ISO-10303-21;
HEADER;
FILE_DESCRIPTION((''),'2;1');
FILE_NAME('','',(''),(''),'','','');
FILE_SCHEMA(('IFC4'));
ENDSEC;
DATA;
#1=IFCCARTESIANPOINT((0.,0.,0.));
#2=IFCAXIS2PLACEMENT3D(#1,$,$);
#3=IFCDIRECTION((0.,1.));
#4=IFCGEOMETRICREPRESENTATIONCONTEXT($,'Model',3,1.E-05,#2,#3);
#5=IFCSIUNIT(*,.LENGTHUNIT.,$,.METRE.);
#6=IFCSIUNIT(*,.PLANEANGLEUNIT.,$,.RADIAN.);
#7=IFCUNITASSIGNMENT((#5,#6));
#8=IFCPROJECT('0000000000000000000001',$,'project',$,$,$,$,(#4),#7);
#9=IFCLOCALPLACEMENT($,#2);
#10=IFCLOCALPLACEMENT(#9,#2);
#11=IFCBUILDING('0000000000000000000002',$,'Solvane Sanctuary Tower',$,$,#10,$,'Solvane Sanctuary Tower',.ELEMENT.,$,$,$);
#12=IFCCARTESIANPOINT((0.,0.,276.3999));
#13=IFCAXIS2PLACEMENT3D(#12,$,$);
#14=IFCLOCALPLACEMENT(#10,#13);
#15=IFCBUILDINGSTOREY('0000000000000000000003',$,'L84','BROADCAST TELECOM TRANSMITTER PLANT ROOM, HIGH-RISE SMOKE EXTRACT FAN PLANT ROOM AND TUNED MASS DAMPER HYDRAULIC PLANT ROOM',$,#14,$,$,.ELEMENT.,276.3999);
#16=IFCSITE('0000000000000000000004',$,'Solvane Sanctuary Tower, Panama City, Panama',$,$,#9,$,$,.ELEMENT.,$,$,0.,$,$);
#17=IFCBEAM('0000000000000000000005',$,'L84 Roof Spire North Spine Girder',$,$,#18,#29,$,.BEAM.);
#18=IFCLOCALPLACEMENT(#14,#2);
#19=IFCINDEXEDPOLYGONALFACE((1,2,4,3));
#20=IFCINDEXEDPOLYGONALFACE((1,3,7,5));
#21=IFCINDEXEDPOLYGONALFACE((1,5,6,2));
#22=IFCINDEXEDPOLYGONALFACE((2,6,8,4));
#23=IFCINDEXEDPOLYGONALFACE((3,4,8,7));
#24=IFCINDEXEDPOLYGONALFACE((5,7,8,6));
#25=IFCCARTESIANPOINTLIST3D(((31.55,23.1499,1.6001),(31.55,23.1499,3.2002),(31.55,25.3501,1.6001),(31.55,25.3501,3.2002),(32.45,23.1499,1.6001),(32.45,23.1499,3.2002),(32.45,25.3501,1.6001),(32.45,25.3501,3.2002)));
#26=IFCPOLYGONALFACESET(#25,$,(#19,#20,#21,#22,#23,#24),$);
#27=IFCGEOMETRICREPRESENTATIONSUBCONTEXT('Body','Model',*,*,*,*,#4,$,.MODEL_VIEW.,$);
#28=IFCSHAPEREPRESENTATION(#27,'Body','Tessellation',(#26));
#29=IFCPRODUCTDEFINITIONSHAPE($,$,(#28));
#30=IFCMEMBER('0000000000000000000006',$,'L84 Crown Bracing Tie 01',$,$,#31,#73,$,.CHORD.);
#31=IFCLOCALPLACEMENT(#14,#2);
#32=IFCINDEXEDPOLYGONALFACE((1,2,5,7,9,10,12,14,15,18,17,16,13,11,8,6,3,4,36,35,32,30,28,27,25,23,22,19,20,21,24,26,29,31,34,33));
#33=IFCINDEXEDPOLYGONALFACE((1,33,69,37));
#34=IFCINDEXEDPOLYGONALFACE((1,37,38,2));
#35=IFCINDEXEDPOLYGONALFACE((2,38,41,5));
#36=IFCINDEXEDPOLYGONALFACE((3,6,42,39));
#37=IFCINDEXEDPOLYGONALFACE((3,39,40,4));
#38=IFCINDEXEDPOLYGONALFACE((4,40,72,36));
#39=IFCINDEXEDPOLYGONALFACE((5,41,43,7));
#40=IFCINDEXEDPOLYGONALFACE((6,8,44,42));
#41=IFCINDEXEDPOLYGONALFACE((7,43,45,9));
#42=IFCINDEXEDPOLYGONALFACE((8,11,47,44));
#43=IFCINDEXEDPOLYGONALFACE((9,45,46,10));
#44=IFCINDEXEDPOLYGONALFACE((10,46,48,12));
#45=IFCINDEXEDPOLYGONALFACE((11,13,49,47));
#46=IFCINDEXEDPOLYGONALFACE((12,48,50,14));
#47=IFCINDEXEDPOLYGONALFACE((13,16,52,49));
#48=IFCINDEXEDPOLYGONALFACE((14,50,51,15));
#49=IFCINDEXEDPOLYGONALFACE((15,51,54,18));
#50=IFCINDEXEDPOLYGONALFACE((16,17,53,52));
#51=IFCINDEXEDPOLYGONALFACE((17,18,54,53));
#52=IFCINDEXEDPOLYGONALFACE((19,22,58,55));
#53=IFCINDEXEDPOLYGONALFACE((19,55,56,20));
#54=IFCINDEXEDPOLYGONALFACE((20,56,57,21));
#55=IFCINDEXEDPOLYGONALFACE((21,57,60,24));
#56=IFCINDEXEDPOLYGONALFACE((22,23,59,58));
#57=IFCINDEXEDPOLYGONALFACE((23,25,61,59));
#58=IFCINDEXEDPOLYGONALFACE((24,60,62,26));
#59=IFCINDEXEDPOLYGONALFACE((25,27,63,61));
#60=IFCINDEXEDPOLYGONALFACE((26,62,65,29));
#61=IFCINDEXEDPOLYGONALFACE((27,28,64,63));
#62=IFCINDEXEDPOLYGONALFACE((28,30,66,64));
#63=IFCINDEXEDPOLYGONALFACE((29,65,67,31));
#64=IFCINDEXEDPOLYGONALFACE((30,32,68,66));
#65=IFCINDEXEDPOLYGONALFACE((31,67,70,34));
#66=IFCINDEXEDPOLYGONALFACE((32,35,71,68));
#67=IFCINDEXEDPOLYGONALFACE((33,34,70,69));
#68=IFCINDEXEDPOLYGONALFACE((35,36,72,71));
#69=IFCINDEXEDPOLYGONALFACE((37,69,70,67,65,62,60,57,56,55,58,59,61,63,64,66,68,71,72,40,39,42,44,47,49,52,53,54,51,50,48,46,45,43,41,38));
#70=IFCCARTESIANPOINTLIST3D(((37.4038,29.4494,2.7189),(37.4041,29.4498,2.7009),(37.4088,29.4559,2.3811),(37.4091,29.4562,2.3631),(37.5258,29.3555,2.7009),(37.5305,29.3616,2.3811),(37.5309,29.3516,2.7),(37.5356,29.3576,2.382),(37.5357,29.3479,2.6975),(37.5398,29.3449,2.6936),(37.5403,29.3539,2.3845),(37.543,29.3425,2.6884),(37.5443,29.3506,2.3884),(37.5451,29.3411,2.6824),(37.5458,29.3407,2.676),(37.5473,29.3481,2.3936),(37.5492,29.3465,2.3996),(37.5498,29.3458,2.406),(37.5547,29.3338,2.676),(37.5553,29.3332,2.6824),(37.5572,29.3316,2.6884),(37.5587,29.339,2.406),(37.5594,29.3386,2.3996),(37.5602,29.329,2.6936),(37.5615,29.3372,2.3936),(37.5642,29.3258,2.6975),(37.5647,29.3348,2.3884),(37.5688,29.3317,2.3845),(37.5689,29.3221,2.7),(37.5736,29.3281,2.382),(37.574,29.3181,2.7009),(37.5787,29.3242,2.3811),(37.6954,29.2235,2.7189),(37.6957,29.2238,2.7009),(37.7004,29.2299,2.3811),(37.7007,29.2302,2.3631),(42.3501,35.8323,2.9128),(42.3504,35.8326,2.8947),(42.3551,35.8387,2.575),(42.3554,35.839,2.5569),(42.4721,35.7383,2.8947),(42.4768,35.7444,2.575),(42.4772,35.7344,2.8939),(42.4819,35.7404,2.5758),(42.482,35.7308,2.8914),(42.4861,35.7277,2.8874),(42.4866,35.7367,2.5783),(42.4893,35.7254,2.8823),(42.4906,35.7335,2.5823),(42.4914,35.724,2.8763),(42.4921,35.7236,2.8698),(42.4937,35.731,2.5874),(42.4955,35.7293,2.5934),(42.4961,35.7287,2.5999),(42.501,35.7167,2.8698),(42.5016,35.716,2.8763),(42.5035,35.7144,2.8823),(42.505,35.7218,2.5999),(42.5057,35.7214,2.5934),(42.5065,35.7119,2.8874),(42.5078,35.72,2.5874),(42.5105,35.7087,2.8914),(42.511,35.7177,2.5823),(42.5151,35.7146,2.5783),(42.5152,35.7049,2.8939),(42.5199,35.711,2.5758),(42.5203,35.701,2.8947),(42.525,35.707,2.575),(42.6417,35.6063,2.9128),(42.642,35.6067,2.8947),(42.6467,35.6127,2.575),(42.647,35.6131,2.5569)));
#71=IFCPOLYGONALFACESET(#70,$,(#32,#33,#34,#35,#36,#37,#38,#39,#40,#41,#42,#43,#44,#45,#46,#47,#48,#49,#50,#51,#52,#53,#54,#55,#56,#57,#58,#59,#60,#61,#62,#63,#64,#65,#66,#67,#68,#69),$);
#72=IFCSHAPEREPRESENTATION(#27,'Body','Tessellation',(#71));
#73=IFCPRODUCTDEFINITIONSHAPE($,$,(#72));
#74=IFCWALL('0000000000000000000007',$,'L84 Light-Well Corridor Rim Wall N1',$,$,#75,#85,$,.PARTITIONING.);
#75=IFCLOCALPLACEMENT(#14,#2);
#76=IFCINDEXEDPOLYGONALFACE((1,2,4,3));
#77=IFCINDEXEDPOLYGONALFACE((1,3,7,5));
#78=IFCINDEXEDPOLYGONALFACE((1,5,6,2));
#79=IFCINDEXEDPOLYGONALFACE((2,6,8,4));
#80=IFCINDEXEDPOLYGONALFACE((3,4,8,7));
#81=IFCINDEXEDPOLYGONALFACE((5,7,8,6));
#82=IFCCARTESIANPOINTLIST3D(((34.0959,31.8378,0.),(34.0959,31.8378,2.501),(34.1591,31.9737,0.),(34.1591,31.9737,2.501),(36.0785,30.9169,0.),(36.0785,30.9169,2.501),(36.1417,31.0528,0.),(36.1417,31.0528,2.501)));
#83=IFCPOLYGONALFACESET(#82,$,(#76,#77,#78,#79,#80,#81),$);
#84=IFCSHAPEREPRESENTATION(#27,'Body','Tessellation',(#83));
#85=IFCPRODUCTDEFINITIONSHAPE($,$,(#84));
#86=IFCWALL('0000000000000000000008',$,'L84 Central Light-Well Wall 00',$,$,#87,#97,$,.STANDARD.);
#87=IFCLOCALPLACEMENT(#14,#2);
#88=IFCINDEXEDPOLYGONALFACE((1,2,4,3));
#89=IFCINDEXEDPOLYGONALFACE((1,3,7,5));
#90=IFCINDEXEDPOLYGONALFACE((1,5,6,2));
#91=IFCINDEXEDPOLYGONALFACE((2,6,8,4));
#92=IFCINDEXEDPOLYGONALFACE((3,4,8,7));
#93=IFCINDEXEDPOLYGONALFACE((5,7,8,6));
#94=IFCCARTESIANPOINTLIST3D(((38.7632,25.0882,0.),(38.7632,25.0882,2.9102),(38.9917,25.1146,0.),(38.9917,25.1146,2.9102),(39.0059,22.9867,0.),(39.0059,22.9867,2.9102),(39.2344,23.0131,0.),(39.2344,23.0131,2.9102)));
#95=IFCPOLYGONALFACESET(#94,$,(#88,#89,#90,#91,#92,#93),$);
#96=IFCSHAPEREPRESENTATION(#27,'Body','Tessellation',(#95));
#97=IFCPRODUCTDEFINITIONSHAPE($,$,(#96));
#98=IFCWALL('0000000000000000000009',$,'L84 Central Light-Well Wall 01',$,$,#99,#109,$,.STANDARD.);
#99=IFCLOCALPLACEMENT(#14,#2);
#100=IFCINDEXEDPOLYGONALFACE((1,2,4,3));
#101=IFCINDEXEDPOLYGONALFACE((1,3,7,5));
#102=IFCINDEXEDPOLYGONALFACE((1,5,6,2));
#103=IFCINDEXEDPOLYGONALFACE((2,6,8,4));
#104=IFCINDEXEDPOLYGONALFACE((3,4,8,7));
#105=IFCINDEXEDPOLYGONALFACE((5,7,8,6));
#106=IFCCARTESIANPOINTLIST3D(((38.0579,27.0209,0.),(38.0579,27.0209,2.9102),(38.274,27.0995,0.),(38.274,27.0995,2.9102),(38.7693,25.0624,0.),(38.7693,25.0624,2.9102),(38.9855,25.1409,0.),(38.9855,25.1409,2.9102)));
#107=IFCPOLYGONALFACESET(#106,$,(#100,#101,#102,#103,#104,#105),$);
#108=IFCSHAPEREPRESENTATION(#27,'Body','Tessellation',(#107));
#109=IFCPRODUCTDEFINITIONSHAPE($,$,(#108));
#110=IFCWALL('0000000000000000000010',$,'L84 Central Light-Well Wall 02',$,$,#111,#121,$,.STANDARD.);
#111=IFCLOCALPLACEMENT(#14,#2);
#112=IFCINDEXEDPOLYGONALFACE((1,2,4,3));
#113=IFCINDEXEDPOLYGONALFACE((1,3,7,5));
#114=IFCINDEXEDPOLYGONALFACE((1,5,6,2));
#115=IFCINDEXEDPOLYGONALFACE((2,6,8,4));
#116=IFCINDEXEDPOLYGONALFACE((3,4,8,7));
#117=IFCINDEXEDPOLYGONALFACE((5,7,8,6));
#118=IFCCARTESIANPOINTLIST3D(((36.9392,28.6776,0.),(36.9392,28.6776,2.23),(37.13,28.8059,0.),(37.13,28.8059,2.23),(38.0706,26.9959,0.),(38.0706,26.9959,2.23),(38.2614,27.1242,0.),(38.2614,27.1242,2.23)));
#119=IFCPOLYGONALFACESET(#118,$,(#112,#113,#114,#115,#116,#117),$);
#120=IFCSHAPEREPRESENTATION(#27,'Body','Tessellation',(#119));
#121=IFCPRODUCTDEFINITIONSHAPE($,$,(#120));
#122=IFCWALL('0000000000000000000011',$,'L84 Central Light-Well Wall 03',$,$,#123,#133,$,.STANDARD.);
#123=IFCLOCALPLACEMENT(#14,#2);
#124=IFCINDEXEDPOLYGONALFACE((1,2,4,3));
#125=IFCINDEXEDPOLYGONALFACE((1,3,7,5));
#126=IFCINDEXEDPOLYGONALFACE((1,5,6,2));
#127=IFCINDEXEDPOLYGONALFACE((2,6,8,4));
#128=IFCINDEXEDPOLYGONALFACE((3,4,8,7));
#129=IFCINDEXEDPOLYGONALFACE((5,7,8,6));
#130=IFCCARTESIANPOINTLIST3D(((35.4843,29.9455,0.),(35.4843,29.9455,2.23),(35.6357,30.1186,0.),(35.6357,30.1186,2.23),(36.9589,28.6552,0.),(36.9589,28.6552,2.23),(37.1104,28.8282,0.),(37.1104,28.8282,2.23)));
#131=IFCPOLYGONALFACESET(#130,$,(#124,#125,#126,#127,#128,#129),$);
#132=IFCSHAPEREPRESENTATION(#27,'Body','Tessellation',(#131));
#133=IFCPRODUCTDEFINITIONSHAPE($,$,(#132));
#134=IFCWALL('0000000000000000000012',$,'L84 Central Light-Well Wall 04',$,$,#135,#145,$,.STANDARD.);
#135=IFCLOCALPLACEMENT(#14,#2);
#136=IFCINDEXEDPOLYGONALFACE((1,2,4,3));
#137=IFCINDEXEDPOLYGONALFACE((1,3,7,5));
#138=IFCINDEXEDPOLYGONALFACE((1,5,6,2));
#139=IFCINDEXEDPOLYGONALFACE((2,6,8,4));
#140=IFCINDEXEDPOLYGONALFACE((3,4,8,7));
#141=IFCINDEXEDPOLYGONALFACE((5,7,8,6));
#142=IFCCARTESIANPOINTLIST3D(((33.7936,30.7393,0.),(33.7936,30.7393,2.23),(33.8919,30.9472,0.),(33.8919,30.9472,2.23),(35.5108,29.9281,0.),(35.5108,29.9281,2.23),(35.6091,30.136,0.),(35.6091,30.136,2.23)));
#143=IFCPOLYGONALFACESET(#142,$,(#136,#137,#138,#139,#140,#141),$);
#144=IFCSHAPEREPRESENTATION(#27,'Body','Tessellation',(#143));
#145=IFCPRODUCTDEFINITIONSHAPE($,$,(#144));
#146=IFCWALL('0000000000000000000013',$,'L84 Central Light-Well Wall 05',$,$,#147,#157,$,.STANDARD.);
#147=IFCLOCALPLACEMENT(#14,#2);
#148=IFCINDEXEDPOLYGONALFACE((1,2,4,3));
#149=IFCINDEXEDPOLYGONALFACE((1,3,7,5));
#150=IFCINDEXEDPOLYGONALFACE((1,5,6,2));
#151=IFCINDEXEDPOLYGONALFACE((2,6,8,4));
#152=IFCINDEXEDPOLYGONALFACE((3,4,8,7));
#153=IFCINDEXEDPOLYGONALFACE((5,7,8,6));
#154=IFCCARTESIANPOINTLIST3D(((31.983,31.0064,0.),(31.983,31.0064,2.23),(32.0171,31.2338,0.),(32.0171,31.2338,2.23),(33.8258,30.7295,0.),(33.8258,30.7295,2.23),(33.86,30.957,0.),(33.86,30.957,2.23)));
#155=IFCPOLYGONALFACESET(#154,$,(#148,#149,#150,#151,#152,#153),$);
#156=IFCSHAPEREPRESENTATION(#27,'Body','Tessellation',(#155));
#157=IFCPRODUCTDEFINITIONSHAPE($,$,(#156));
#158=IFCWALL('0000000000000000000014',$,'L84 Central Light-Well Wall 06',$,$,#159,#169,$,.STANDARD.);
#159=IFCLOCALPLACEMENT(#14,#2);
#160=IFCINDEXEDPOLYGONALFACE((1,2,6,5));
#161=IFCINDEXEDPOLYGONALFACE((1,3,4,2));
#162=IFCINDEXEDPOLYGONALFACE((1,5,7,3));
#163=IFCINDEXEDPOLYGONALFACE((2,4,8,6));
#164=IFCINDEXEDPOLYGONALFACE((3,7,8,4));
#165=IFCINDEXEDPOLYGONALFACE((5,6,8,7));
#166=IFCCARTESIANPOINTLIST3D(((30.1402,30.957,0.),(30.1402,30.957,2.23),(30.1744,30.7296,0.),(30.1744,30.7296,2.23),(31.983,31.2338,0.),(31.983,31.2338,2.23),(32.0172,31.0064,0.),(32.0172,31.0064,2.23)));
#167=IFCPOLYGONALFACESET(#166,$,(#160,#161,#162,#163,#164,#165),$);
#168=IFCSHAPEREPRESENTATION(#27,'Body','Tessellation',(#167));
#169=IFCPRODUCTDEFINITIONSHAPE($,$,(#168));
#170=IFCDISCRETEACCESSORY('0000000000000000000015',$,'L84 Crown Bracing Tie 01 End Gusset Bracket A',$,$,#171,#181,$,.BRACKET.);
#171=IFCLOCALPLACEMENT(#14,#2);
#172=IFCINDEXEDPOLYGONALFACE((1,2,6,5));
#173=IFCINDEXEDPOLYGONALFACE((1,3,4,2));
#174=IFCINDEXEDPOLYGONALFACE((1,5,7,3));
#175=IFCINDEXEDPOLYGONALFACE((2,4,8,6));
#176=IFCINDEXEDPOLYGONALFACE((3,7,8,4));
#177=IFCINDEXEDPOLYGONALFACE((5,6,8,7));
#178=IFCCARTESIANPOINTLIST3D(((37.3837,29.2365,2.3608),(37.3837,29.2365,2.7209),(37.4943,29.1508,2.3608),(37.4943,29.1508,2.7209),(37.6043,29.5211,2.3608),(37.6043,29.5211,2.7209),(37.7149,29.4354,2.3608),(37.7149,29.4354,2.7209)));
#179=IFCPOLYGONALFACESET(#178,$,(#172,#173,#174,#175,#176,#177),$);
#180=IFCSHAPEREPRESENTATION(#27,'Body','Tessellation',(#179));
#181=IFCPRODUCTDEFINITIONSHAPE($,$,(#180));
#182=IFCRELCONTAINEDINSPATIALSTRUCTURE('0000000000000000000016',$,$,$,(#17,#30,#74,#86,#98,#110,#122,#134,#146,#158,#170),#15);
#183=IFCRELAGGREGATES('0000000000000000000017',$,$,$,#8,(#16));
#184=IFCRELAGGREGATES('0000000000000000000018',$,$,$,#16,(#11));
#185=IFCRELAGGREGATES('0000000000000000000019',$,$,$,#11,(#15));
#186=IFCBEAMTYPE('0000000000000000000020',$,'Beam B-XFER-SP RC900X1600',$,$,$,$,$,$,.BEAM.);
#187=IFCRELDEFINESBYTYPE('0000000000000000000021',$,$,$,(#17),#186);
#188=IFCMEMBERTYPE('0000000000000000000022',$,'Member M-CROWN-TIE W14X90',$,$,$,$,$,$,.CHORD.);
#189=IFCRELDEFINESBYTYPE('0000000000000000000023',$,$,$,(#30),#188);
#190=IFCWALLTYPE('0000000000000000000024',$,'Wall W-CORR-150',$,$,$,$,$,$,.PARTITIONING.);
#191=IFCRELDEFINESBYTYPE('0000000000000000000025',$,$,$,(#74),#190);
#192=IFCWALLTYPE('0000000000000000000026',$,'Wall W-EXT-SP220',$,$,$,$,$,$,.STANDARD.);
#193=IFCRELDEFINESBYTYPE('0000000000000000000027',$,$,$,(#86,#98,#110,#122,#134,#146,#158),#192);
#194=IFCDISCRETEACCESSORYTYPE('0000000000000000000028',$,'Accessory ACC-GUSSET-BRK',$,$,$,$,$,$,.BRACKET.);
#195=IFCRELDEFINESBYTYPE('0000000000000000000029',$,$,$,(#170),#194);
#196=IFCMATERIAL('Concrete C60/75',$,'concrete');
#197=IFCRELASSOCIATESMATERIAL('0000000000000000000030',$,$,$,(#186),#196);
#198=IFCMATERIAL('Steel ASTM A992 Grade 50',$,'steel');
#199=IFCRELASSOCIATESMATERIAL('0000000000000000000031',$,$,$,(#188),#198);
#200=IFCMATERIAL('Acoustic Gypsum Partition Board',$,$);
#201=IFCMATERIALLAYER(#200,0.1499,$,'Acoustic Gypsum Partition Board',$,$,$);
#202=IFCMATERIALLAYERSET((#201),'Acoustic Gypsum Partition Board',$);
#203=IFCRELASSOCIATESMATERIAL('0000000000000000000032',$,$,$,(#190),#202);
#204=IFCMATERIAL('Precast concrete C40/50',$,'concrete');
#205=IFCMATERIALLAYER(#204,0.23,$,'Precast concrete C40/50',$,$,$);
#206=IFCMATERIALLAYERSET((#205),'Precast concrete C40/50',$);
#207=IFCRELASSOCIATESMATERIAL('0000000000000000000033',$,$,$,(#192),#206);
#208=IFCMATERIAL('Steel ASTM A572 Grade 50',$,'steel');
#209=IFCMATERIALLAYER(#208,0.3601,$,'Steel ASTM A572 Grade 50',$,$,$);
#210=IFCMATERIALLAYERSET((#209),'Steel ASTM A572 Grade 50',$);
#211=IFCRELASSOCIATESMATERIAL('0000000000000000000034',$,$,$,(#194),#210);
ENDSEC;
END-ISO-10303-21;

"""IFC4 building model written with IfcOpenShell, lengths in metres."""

from ifc_helpers import new_model, si_unit, direction, frame, frame_2d, origin, origin_2d, place, context, subcontext, project, spatial, rectangle, i_section, extrude, material, layer, layer_set, material_profile, profile_set, type_object, element, save


model = new_model("IFC4")

# Units and contexts
model_context = context("Model", 3, precision=1e-05, world=origin(), true_north=direction((0.0, 1.0)))
body_context = subcontext(model_context, "Body", "Model", "MODEL_VIEW")
ifc_project = project(units=[si_unit("LENGTHUNIT", "METRE"), si_unit("PLANEANGLEUNIT", "RADIAN")], contexts=[model_context])

# Site, building, storey
site_placement = place(None, origin())
site = spatial("IfcSite", under=ifc_project, at=site_placement, Name="Solvane Sanctuary Tower, Panama City, Panama", CompositionType="ELEMENT", RefElevation=0.0)
building_placement = place(site_placement, origin())
building = spatial("IfcBuilding", under=site, at=building_placement, Name="Solvane Sanctuary Tower", LongName="Solvane Sanctuary Tower", CompositionType="ELEMENT")
storey_placement = place(building_placement, frame((0.0, 0.0, 276.3999)))
storey = spatial("IfcBuildingStorey", under=building, at=storey_placement, Name="L84", Description="BROADCAST TELECOM TRANSMITTER PLANT ROOM, HIGH-RISE SMOKE EXTRACT FAN PLANT ROOM AND TUNED MASS DAMPER HYDRAULIC PLANT ROOM", CompositionType="ELEMENT", Elevation=276.3999)

# Beam
ifc_material_1 = material(Name="Steel ASTM A992 Grade 50", Category="steel")
ifc_material_2 = material(Name="Concrete C60/75", Category="concrete")
ifc_material_profile_1 = material_profile(ifc_material_2, rectangle(XDim=0.8999, YDim=1.6001, at=origin_2d()), Name="RC900X1600")
ifc_profile_set_1 = profile_set([ifc_material_profile_1], Name="Concrete C60/75")
beam_type_1 = type_object("IfcBeamType", Name="Beam B-XFER-SP RC900X1600", PredefinedType="BEAM", material=ifc_profile_set_1)
beam_1_placement = place(storey_placement, frame((32.0, 23.1499, 2.4001), z_axis=(0.0, 1.0, 0.0), x_axis=(-1.0, 0.0, 0.0)))
element("IfcBeam", 1, at=beam_1_placement, inside=storey, type_object=beam_type_1, Name="L84 Roof Spire North Spine Girder", PredefinedType="BEAM", context=body_context, shape_type="SweptSolid", body=[
    extrude(rectangle(XDim=0.8999, YDim=1.6001, at=origin_2d()), origin(), (0.0, 0.0, 1.0), 2.2002),
])

# Member
ifc_material_profile_2 = material_profile(ifc_material_1, i_section(OverallWidth=0.3689, OverallDepth=0.356, WebThickness=0.0112, FlangeThickness=0.0181, FilletRadius=0.0249, at=origin_2d()), Name="W14X90")
ifc_profile_set_2 = profile_set([ifc_material_profile_2], Name="Steel ASTM A992 Grade 50")
member_type = type_object("IfcMemberType", Name="Member M-CROWN-TIE W14X90", PredefinedType="CHORD", material=ifc_profile_set_2)
member_placement = place(storey_placement, frame((37.5522, 29.3398, 2.541), z_axis=(0.612365, 0.790211, 0.023999), x_axis=(-0.790438, 0.612541, 0.0)))
element("IfcMember", 2, at=member_placement, inside=storey, type_object=member_type, Name="L84 Crown Bracing Tie 01", PredefinedType="CHORD", context=body_context, shape_type="SweptSolid", body=[
    extrude(i_section(OverallWidth=0.3689, OverallDepth=0.356, WebThickness=0.0112, FlangeThickness=0.0181, FilletRadius=0.0249, at=origin_2d()), origin(), (0.0, 0.0, 1.0), 8.0774),
])

# Walls
ifc_material_3 = material(Name="Acoustic Gypsum Partition Board")
ifc_layer_1 = layer(ifc_material_3, 0.1499, Name="Acoustic Gypsum Partition Board")
ifc_layer_set_1 = layer_set([ifc_layer_1], Name="Acoustic Gypsum Partition Board")
wall_type_1 = type_object("IfcWallType", Name="Wall W-CORR-150", PredefinedType="PARTITIONING", material=ifc_layer_set_1)
wall_1_placement = place(storey_placement, frame((36.1101, 30.9849, 0.0), z_axis=(0.0, 0.0, 1.0), x_axis=(-0.906943, 0.421252, 0.0)))
element("IfcWall", 3, at=wall_1_placement, inside=storey, type_object=wall_type_1, Name="L84 Light-Well Corridor Rim Wall N1", PredefinedType="PARTITIONING", context=body_context, shape_type="SweptSolid", body=[
    extrude(rectangle(XDim=2.186, YDim=0.1499, at=frame_2d((1.093, 0.0))), origin(), (0.0, 0.0, 1.0), 2.501),
])
ifc_material_4 = material(Name="Precast concrete C40/50", Category="concrete")
ifc_layer_2 = layer(ifc_material_4, 0.23, Name="Precast concrete C40/50")
ifc_layer_set_2 = layer_set([ifc_layer_2], Name="Precast concrete C40/50")
wall_type_2 = type_object("IfcWallType", Name="Wall W-EXT-SP220", PredefinedType="STANDARD", material=ifc_layer_set_2)
wall_2_placement = place(storey_placement, frame((39.1201, 23.0, 0.0), z_axis=(0.0, 0.0, 1.0), x_axis=(-0.114712, 0.993399, 0.0)))
element("IfcWall", 4, at=wall_2_placement, inside=storey, type_object=wall_type_2, Name="L84 Central Light-Well Wall 00", PredefinedType="STANDARD", context=body_context, shape_type="SweptSolid", body=[
    extrude(rectangle(XDim=2.1155, YDim=0.23, at=frame_2d((1.0576, 0.0))), origin(), (0.0, 0.0, 1.0), 2.9102),
])
wall_3_placement = place(storey_placement, frame((38.8774, 25.1016, 0.0), z_axis=(0.0, 0.0, 1.0), x_axis=(-0.341423, 0.93991, 0.0)))
element("IfcWall", 5, at=wall_3_placement, inside=storey, type_object=wall_type_2, Name="L84 Central Light-Well Wall 01", PredefinedType="STANDARD", context=body_context, shape_type="SweptSolid", body=[
    extrude(rectangle(XDim=2.0837, YDim=0.23, at=frame_2d((1.042, 0.0))), origin(), (0.0, 0.0, 1.0), 2.9102),
])
wall_4_placement = place(storey_placement, frame((38.166, 27.0601, 0.0), z_axis=(0.0, 0.0, 1.0), x_axis=(-0.558198, 0.829708, 0.0)))
element("IfcWall", 6, at=wall_4_placement, inside=storey, type_object=wall_type_2, Name="L84 Central Light-Well Wall 02", PredefinedType="STANDARD", context=body_context, shape_type="SweptSolid", body=[
    extrude(rectangle(XDim=2.0269, YDim=0.23, at=frame_2d((1.0134, 0.0))), origin(), (0.0, 0.0, 1.0), 2.23),
])
wall_5_placement = place(storey_placement, frame((37.0347, 28.7417, 0.0), z_axis=(0.0, 0.0, 1.0), x_axis=(-0.752577, 0.658505, 0.0)))
element("IfcWall", 7, at=wall_5_placement, inside=storey, type_object=wall_type_2, Name="L84 Central Light-Well Wall 03", PredefinedType="STANDARD", context=body_context, shape_type="SweptSolid", body=[
    extrude(rectangle(XDim=1.9595, YDim=0.23, at=frame_2d((0.9797, 0.0))), origin(), (0.0, 0.0, 1.0), 2.23),
])
wall_6_placement = place(storey_placement, frame((35.5601, 30.032, 0.0), z_axis=(0.0, 0.0, 1.0), x_axis=(-0.90418, 0.427152, 0.0)))
element("IfcWall", 8, at=wall_6_placement, inside=storey, type_object=wall_type_2, Name="L84 Central Light-Well Wall 04", PredefinedType="STANDARD", context=body_context, shape_type="SweptSolid", body=[
    extrude(rectangle(XDim=1.8992, YDim=0.23, at=frame_2d((0.9497, 0.0))), origin(), (0.0, 0.0, 1.0), 2.23),
])
for number, where, z_axis, x_axis, name in (
    (9, (33.8428, 30.8433, 0.0), (0.0, 0.0, 1.0), (-0.988902, 0.148571, 0.0), "L84 Central Light-Well Wall 05"),
    (10, (32.0, 31.1201, 0.0), (0.0, 0.0, 1.0), (-0.988902, -0.148571, 0.0), "L84 Central Light-Well Wall 06"),
):
    element("IfcWall", number, at=place(storey_placement, frame(where, z_axis=z_axis, x_axis=x_axis)), inside=storey, type_object=wall_type_2, Name=name, PredefinedType="STANDARD", context=body_context, shape_type="SweptSolid", body=[
        extrude(rectangle(XDim=1.8635, YDim=0.23, at=frame_2d((0.9316, 0.0))), origin(), (0.0, 0.0, 1.0), 2.23),
    ])

# Discrete accessory
ifc_material_5 = material(Name="Steel ASTM A572 Grade 50", Category="steel")
ifc_layer_3 = layer(ifc_material_5, 0.3601, Name="Steel ASTM A572 Grade 50")
ifc_layer_set_3 = layer_set([ifc_layer_3], Name="Steel ASTM A572 Grade 50")
discrete_accessory_type = type_object("IfcDiscreteAccessoryType", Name="Accessory ACC-GUSSET-BRK", PredefinedType="BRACKET", material=ifc_layer_set_3)
discrete_accessory_placement = place(storey_placement, frame((37.5493, 29.3359, 2.3608), z_axis=(0.0, 0.0, 1.0), x_axis=(0.612493, 0.790476, 0.0)))
element("IfcDiscreteAccessory", 11, at=discrete_accessory_placement, inside=storey, type_object=discrete_accessory_type, Name="L84 Crown Bracing Tie 01 End Gusset Bracket A", PredefinedType="BRACKET", context=body_context, shape_type="SweptSolid", body=[
    extrude(rectangle(XDim=0.3601, YDim=0.1399, at=origin_2d()), origin(), (0.0, 0.0, 1.0), 0.3601),
])

save(model, "model.ifc")
